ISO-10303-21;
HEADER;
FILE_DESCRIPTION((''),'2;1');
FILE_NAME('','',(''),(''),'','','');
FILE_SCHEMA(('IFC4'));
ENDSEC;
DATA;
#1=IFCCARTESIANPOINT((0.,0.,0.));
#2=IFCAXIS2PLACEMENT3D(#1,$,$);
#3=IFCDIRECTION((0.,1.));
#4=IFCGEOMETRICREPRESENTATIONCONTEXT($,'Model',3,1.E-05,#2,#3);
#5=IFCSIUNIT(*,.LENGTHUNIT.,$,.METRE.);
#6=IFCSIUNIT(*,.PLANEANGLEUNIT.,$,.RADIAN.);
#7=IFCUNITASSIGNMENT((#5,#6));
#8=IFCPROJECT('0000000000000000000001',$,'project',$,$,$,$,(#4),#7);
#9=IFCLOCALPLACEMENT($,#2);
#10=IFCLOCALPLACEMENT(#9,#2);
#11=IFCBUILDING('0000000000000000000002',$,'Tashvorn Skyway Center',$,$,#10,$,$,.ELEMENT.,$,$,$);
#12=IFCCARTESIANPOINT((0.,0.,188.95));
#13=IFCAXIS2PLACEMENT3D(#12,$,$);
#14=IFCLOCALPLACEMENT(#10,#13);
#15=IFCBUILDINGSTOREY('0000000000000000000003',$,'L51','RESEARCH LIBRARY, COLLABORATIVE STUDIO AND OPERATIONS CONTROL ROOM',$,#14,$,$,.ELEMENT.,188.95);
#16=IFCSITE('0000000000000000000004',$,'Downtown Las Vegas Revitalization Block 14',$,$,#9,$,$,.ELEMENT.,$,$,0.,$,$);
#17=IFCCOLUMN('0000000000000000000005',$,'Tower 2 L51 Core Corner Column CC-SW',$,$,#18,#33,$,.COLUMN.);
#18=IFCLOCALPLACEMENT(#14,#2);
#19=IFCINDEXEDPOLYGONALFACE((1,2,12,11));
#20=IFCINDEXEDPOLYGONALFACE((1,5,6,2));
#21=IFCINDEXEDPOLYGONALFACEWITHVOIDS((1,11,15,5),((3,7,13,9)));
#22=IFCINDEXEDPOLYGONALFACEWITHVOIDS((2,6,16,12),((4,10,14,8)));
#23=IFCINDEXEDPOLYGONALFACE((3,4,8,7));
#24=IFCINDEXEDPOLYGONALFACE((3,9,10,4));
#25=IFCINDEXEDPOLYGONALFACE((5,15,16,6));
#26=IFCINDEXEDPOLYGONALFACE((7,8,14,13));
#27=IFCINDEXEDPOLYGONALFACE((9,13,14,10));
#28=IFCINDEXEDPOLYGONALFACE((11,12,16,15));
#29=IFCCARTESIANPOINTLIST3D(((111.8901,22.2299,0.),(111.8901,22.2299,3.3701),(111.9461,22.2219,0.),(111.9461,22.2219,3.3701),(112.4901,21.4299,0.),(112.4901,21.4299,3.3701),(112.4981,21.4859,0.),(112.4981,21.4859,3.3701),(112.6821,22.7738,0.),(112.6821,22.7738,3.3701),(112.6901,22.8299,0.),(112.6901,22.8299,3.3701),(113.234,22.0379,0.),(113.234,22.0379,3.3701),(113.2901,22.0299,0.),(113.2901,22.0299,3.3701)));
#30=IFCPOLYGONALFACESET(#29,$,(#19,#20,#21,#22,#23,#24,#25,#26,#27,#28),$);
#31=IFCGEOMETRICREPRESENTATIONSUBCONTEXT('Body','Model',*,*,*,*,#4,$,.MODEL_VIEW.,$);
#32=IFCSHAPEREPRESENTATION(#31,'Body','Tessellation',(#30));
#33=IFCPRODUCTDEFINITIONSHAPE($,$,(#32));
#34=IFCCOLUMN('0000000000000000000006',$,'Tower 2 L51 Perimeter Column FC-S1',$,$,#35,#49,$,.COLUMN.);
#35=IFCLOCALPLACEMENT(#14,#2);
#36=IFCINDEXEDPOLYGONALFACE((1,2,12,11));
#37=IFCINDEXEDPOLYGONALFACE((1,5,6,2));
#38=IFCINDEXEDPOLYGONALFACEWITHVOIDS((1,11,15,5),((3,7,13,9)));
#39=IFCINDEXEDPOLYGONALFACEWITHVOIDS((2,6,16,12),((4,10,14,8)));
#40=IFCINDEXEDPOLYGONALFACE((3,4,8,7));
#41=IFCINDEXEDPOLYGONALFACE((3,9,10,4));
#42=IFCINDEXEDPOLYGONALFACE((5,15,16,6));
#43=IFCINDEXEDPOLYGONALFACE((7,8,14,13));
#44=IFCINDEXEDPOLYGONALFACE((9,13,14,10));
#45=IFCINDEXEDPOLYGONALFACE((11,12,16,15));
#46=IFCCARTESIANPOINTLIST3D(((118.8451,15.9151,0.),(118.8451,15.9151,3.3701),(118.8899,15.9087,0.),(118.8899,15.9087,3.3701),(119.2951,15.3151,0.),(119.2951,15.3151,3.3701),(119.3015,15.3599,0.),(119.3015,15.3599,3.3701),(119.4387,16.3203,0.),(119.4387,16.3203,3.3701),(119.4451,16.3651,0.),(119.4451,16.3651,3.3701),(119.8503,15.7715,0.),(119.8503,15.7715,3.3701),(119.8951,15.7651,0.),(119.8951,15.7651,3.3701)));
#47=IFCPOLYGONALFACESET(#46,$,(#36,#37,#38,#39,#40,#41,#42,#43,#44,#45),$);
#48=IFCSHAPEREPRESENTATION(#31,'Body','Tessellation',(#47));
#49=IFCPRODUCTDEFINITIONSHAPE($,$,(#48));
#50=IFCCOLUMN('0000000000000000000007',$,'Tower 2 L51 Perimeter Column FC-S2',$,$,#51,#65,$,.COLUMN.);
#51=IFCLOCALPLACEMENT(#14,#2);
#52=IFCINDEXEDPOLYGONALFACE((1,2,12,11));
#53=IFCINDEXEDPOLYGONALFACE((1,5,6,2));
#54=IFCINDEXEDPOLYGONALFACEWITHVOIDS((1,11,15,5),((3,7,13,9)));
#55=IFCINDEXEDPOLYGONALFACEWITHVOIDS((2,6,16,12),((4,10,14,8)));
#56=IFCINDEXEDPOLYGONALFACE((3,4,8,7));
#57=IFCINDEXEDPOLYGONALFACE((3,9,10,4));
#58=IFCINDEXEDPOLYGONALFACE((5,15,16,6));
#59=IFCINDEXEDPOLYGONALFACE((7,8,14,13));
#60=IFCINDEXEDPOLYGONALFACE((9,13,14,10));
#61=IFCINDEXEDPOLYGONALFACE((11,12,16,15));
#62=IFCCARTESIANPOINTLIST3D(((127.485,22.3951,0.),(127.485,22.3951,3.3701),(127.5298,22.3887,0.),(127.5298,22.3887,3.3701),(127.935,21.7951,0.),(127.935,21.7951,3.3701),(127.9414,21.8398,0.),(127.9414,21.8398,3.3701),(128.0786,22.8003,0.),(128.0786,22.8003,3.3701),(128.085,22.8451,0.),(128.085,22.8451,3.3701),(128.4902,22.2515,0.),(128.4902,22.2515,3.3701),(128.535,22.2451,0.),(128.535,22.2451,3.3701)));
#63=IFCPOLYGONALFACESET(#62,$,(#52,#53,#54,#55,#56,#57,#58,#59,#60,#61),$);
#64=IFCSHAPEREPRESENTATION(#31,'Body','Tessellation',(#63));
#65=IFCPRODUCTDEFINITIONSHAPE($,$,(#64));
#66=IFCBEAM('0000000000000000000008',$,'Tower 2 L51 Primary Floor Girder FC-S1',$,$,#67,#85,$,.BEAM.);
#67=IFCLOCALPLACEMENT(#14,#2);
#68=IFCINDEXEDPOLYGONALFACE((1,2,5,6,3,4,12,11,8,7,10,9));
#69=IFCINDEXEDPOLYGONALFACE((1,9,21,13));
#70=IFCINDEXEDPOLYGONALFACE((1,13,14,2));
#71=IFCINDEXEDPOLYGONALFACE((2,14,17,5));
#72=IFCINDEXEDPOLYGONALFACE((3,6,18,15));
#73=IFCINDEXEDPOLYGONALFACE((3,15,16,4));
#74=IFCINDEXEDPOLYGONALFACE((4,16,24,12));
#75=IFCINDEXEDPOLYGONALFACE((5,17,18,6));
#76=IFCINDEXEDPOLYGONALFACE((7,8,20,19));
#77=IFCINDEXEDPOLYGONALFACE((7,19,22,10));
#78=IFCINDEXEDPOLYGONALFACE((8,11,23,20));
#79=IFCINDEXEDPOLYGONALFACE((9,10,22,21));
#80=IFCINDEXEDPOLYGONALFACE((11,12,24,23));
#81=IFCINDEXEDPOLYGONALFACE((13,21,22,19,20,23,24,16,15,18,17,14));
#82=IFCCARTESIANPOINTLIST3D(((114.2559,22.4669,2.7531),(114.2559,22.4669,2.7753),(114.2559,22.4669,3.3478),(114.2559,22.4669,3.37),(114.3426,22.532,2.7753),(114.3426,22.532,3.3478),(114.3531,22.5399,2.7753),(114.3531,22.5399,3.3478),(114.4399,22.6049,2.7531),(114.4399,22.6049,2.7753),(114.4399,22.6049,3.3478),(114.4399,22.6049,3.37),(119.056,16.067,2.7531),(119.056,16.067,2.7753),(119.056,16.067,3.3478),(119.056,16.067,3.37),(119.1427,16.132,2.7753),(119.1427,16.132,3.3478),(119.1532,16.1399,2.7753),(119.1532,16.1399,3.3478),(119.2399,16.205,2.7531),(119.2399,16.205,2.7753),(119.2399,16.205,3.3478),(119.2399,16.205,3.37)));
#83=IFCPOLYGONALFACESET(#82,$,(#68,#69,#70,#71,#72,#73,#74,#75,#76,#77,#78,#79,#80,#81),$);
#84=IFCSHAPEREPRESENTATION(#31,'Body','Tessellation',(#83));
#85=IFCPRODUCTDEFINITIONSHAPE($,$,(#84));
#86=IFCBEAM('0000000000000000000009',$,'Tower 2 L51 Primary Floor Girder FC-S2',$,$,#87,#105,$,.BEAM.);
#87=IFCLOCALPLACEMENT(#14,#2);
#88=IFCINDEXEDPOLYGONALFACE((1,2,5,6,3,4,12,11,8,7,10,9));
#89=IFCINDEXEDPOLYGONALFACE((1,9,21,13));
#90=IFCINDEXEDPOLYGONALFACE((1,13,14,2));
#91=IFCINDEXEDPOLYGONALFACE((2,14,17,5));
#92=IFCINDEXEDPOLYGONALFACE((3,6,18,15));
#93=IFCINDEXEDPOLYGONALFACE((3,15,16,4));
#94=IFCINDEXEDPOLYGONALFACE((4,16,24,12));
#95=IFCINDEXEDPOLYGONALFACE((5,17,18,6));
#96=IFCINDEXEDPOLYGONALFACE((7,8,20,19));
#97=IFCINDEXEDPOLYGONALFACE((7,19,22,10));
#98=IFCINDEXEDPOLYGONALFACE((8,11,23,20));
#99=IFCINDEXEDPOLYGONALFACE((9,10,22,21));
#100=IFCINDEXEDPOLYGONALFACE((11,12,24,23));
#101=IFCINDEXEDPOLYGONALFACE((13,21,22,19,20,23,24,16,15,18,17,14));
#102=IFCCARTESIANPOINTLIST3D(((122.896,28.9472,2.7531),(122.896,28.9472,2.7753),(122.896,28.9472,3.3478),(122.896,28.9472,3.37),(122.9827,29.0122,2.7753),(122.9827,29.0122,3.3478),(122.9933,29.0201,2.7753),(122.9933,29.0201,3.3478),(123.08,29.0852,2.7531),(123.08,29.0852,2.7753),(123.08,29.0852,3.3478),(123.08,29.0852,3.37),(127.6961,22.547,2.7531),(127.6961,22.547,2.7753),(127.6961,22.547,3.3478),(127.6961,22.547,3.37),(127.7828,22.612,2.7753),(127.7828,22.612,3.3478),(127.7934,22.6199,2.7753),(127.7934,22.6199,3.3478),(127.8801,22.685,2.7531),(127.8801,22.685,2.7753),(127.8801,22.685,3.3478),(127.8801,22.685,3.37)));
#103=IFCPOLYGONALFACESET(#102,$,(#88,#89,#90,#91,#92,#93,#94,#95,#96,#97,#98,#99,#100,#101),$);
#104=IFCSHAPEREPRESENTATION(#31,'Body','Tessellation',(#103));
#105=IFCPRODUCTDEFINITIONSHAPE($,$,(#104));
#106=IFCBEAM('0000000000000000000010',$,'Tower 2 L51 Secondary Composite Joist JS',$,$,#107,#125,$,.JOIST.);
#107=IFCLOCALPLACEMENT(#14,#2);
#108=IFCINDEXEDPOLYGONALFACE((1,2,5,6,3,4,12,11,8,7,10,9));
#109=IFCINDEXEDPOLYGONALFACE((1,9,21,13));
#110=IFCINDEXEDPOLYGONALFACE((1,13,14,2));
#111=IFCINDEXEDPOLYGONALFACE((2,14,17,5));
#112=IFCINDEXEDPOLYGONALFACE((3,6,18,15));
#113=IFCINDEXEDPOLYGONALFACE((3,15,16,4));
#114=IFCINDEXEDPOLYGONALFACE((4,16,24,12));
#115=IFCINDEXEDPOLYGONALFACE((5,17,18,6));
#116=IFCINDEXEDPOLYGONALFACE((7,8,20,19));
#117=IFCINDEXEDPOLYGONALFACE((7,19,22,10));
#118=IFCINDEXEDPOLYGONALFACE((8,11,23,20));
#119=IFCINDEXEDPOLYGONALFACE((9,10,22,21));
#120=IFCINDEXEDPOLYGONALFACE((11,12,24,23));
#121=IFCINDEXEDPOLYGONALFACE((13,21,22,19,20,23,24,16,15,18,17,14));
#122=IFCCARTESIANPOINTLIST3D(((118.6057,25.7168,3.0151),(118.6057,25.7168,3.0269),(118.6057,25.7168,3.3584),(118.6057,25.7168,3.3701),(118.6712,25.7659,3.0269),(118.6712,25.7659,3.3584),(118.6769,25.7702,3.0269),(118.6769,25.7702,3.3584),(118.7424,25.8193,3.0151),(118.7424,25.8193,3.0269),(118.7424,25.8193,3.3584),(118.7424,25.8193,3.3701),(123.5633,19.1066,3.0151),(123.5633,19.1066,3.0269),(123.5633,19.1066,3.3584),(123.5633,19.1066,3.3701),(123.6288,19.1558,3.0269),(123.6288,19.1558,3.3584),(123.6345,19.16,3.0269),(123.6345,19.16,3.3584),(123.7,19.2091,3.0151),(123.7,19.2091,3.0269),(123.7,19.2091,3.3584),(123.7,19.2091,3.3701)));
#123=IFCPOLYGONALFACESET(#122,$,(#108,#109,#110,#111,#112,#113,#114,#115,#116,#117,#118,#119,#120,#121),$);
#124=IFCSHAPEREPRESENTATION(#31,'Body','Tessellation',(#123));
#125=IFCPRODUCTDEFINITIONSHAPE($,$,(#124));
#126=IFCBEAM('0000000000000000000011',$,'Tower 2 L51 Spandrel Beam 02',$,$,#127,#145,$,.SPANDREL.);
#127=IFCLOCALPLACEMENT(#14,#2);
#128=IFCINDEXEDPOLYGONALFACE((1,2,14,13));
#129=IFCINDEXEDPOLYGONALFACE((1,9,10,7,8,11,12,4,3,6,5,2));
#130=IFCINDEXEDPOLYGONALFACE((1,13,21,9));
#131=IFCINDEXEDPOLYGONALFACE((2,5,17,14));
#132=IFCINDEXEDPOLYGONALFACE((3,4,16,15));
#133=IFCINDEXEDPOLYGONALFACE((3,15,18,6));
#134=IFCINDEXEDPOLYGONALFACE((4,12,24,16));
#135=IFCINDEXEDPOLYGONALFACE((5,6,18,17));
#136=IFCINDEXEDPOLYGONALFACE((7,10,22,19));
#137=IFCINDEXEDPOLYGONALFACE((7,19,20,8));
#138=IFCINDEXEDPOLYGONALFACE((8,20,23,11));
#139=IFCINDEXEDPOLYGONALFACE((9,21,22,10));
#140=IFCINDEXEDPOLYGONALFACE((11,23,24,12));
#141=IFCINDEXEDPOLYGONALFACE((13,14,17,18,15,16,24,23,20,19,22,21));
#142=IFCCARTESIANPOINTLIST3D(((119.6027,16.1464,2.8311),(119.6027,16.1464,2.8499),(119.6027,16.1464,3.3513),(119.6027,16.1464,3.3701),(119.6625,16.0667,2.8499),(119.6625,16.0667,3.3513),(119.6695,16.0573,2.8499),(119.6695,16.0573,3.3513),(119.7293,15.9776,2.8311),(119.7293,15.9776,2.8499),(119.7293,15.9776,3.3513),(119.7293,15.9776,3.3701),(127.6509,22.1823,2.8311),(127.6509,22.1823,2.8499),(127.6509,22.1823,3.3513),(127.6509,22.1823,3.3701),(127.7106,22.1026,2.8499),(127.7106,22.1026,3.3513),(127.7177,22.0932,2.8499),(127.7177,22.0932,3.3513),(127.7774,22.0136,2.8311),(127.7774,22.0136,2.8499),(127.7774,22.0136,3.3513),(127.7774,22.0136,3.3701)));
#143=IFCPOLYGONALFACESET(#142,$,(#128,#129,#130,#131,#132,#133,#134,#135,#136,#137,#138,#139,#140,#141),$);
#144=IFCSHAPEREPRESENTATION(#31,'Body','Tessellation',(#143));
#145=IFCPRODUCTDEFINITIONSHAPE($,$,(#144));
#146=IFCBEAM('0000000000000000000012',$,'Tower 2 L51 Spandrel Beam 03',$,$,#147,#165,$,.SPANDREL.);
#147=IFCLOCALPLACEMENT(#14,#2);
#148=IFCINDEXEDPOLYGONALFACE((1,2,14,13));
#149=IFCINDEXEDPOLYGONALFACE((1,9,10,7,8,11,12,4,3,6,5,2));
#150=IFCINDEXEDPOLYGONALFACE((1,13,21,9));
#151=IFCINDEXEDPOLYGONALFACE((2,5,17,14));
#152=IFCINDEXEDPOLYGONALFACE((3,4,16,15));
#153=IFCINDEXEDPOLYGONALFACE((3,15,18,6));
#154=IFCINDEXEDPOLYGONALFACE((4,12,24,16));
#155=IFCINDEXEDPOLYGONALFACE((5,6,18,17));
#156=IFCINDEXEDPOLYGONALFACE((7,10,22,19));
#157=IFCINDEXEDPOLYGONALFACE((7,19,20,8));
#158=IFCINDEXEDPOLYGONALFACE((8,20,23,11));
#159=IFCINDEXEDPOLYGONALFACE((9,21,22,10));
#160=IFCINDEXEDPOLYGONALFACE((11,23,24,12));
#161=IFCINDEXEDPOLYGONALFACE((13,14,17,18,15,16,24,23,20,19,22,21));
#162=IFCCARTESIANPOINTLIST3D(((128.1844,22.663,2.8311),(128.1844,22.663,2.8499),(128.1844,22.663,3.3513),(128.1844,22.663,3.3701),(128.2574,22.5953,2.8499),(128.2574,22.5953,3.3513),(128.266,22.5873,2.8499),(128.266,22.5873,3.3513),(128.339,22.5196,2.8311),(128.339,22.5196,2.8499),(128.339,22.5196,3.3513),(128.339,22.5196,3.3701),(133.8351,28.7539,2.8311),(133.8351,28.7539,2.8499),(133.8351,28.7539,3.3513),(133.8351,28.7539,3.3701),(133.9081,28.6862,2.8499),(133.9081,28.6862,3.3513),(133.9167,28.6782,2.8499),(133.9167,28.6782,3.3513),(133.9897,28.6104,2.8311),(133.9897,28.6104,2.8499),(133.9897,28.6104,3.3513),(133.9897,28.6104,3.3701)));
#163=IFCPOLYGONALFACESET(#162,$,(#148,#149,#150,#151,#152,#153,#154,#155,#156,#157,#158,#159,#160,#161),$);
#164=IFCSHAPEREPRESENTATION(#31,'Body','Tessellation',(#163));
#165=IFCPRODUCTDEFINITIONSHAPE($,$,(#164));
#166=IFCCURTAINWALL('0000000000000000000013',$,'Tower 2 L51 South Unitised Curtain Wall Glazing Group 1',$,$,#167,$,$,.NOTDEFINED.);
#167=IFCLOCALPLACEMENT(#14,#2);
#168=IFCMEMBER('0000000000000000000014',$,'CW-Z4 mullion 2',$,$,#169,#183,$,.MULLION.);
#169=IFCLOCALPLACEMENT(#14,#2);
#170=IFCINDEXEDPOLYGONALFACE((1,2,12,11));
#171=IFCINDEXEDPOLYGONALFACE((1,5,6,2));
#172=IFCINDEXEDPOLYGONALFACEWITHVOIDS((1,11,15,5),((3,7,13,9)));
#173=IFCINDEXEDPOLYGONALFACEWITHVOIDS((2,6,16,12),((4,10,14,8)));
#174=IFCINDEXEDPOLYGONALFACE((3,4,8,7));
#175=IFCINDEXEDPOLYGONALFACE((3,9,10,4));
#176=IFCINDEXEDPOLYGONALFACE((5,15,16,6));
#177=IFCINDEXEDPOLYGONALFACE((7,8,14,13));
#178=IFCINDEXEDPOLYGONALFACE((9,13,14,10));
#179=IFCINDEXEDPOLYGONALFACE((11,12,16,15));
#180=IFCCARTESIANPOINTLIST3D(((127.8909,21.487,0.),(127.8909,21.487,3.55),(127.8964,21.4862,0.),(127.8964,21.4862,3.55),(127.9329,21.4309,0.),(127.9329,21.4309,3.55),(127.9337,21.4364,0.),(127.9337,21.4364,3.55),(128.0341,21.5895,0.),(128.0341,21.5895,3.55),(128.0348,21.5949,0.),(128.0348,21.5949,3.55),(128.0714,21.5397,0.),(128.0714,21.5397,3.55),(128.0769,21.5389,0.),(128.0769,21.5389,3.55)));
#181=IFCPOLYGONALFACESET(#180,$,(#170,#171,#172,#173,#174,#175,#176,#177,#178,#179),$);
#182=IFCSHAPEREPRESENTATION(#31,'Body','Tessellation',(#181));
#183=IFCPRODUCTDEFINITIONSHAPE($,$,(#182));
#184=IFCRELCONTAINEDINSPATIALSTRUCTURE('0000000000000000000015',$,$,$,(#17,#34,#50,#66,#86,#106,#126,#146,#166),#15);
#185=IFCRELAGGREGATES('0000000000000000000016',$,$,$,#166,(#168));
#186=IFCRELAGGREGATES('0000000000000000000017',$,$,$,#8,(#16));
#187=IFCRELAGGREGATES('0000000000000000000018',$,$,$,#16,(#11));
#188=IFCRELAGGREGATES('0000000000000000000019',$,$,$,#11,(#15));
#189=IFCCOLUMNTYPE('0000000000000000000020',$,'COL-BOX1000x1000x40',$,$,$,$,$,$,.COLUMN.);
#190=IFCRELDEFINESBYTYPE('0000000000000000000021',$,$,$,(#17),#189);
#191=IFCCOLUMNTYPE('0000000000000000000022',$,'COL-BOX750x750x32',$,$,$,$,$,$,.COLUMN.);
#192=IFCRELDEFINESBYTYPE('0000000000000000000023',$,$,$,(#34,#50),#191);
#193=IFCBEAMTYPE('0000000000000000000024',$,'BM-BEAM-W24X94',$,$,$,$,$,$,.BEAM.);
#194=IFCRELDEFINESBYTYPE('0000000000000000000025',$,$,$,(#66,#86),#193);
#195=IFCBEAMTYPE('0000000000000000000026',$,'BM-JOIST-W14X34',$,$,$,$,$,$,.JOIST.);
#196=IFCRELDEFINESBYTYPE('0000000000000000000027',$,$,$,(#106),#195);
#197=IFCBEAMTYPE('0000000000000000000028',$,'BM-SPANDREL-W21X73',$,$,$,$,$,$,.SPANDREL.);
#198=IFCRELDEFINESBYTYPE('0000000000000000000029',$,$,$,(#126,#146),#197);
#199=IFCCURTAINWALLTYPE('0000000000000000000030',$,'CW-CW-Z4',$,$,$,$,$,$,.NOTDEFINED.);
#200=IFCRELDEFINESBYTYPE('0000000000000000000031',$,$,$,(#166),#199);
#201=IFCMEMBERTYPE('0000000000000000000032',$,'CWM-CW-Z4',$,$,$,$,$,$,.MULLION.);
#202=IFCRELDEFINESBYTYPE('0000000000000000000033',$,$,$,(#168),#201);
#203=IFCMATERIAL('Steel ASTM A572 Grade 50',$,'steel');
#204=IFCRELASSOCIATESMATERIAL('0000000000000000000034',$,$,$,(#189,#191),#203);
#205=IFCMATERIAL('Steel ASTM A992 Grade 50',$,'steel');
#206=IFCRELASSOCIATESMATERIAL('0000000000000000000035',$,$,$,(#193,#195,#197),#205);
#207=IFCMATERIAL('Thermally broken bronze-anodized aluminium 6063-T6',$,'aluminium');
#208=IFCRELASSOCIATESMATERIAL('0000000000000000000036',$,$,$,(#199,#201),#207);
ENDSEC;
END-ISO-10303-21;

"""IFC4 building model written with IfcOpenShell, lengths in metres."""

from ifc_helpers import new_model, si_unit, direction, frame, origin, origin_2d, place, context, subcontext, project, spatial, hollow_rectangle, i_section, extrude, material, material_profile, profile_set, type_object, element, aggregate, save


model = new_model("IFC4")

# Units and contexts
model_context = context("Model", 3, precision=1e-05, world=origin(), true_north=direction((0.0, 1.0)))
body_context = subcontext(model_context, "Body", "Model", "MODEL_VIEW")
ifc_project = project(units=[si_unit("LENGTHUNIT", "METRE"), si_unit("PLANEANGLEUNIT", "RADIAN")], contexts=[model_context])

# Site, building, storey
site_placement = place(None, origin())
site = spatial("IfcSite", under=ifc_project, at=site_placement, Name="Downtown Las Vegas Revitalization Block 14", CompositionType="ELEMENT", RefElevation=0.0)
building_placement = place(site_placement, origin())
building = spatial("IfcBuilding", under=site, at=building_placement, Name="Tashvorn Skyway Center", CompositionType="ELEMENT")
storey_placement = place(building_placement, frame((0.0, 0.0, 188.95)))
storey = spatial("IfcBuildingStorey", under=building, at=storey_placement, Name="L51", Description="RESEARCH LIBRARY, COLLABORATIVE STUDIO AND OPERATIONS CONTROL ROOM", CompositionType="ELEMENT", Elevation=188.95)

# Columns
ifc_material_1 = material(Name="Steel ASTM A572 Grade 50", Category="steel")
ifc_material_profile_1 = material_profile(ifc_material_1, hollow_rectangle(XDim=1.0, YDim=1.0, WallThickness=0.04, at=origin_2d()), Name="BOX1000x1000x40")
ifc_profile_set_1 = profile_set([ifc_material_profile_1], Name="Steel ASTM A572 Grade 50")
column_type_1 = type_object("IfcColumnType", Name="COL-BOX1000x1000x40", PredefinedType="COLUMN", material=ifc_profile_set_1)
column_placement = place(storey_placement, frame((112.5901, 22.1299, 0.0), z_axis=(0.0, 0.0, 1.0), x_axis=(0.8, 0.6, 0.0)))
element("IfcColumn", 1, at=column_placement, inside=storey, type_object=column_type_1, Name="Tower 2 L51 Core Corner Column CC-SW", PredefinedType="COLUMN", context=body_context, shape_type="SweptSolid", body=[
    extrude(hollow_rectangle(XDim=1.0, YDim=1.0, WallThickness=0.04, at=origin_2d()), origin(), (0.0, 0.0, 1.0), 3.3701),
])
ifc_material_profile_2 = material_profile(ifc_material_1, hollow_rectangle(XDim=0.75, YDim=0.75, WallThickness=0.032, at=origin_2d()), Name="BOX750x750x32")
ifc_profile_set_2 = profile_set([ifc_material_profile_2], Name="Steel ASTM A572 Grade 50")
column_type_2 = type_object("IfcColumnType", Name="COL-BOX750x750x32", PredefinedType="COLUMN", material=ifc_profile_set_2)
for number, where, z_axis, x_axis, name in (
    (2, (119.3701, 15.8401, 0.0), (0.0, 0.0, 1.0), (0.8, 0.6, 0.0), "Tower 2 L51 Perimeter Column FC-S1"),
    (3, (128.01, 22.3201, 0.0), (0.0, 0.0, 1.0), (0.8, 0.6, 0.0), "Tower 2 L51 Perimeter Column FC-S2"),
):
    element("IfcColumn", number, at=place(storey_placement, frame(where, z_axis=z_axis, x_axis=x_axis)), inside=storey, type_object=column_type_2, Name=name, PredefinedType="COLUMN", context=body_context, shape_type="SweptSolid", body=[
        extrude(hollow_rectangle(XDim=0.75, YDim=0.75, WallThickness=0.032, at=origin_2d()), origin(), (0.0, 0.0, 1.0), 3.3701),
    ])

# Beams
ifc_material_2 = material(Name="Steel ASTM A992 Grade 50", Category="steel")
ifc_material_profile_3 = material_profile(ifc_material_2, i_section(OverallWidth=0.23, OverallDepth=0.6169, WebThickness=0.0132, FlangeThickness=0.0222, at=origin_2d()), Name="W24X94")
ifc_profile_set_3 = profile_set([ifc_material_profile_3], Name="Steel ASTM A992 Grade 50")
beam_type_1 = type_object("IfcBeamType", Name="BM-BEAM-W24X94", PredefinedType="BEAM", material=ifc_profile_set_3)
beam_1_placement = place(storey_placement, frame((119.1479, 16.136, 3.0615), z_axis=(-0.60001, 0.799993, 0.0), x_axis=(-0.799993, -0.60001, 0.0)))
element("IfcBeam", 4, at=beam_1_placement, inside=storey, type_object=beam_type_1, Name="Tower 2 L51 Primary Floor Girder FC-S1", PredefinedType="BEAM", context=body_context, shape_type="SweptSolid", body=[
    extrude(i_section(OverallWidth=0.23, OverallDepth=0.6169, WebThickness=0.0132, FlangeThickness=0.0222, at=origin_2d()), origin(), (0.0, 0.0, 1.0), 8.0),
])
beam_2_placement = place(storey_placement, frame((127.7881, 22.616, 3.0615), z_axis=(-0.599995, 0.800004, 0.0), x_axis=(-0.800004, -0.599995, 0.0)))
element("IfcBeam", 5, at=beam_2_placement, inside=storey, type_object=beam_type_1, Name="Tower 2 L51 Primary Floor Girder FC-S2", PredefinedType="BEAM", context=body_context, shape_type="SweptSolid", body=[
    extrude(i_section(OverallWidth=0.23, OverallDepth=0.6169, WebThickness=0.0132, FlangeThickness=0.0222, at=origin_2d()), origin(), (0.0, 0.0, 1.0), 8.0002),
])
ifc_material_profile_4 = material_profile(ifc_material_2, i_section(OverallWidth=0.1709, OverallDepth=0.355, WebThickness=0.0071, FlangeThickness=0.0117, at=origin_2d()), Name="W14X34")
ifc_profile_set_4 = profile_set([ifc_material_profile_4], Name="Steel ASTM A992 Grade 50")
beam_type_2 = type_object("IfcBeamType", Name="BM-JOIST-W14X34", PredefinedType="JOIST", material=ifc_profile_set_4)
beam_3_placement = place(storey_placement, frame((118.6741, 25.7681, 3.1926), z_axis=(0.599995, -0.800004, 0.0), x_axis=(0.800004, 0.599995, 0.0)))
element("IfcBeam", 6, at=beam_3_placement, inside=storey, type_object=beam_type_2, Name="Tower 2 L51 Secondary Composite Joist JS", PredefinedType="JOIST", context=body_context, shape_type="SweptSolid", body=[
    extrude(i_section(OverallWidth=0.1709, OverallDepth=0.355, WebThickness=0.0071, FlangeThickness=0.0117, at=origin_2d()), origin(), (0.0, 0.0, 1.0), 8.2627),
])
ifc_material_profile_5 = material_profile(ifc_material_2, i_section(OverallWidth=0.2109, OverallDepth=0.5391, WebThickness=0.0117, FlangeThickness=0.0188, at=origin_2d()), Name="W21X73")
ifc_profile_set_5 = profile_set([ifc_material_profile_5], Name="Steel ASTM A992 Grade 50")
beam_type_3 = type_object("IfcBeamType", Name="BM-SPANDREL-W21X73", PredefinedType="SPANDREL", material=ifc_profile_set_5)
beam_4_placement = place(storey_placement, frame((119.666, 16.062, 3.1006), z_axis=(0.800009, 0.599988, 0.0), x_axis=(-0.599988, 0.800009, 0.0)))
element("IfcBeam", 7, at=beam_4_placement, inside=storey, type_object=beam_type_3, Name="Tower 2 L51 Spandrel Beam 02", PredefinedType="SPANDREL", context=body_context, shape_type="SweptSolid", body=[
    extrude(i_section(OverallWidth=0.2109, OverallDepth=0.5391, WebThickness=0.0117, FlangeThickness=0.0188, at=origin_2d()), origin(), (0.0, 0.0, 1.0), 10.0601),
])
beam_5_placement = place(storey_placement, frame((128.2617, 22.5913, 3.1006), z_axis=(0.68012, 0.733101, 0.0), x_axis=(-0.733101, 0.68012, 0.0)))
element("IfcBeam", 8, at=beam_5_placement, inside=storey, type_object=beam_type_3, Name="Tower 2 L51 Spandrel Beam 03", PredefinedType="SPANDREL", context=body_context, shape_type="SweptSolid", body=[
    extrude(i_section(OverallWidth=0.2109, OverallDepth=0.5391, WebThickness=0.0117, FlangeThickness=0.0188, at=origin_2d()), origin(), (0.0, 0.0, 1.0), 8.3083),
])

# Curtain wall, member
ifc_material_3 = material(Name="Thermally broken bronze-anodized aluminium 6063-T6", Category="aluminium")
curtain_wall_type = type_object("IfcCurtainWallType", Name="CW-CW-Z4", PredefinedType="NOTDEFINED", material=ifc_material_3)
curtain_wall_1_placement = place(storey_placement, origin())
curtain_wall_1 = element("IfcCurtainWall", 9, at=curtain_wall_1_placement, inside=storey, type_object=curtain_wall_type, Name="Tower 2 L51 South Unitised Curtain Wall Glazing Group 1", PredefinedType="NOTDEFINED")
ifc_material_profile_6 = material_profile(ifc_material_3, hollow_rectangle(XDim=0.0701, YDim=0.1799, WallThickness=0.0039, at=origin_2d()), Name="ALU-MULL-70x180")
ifc_profile_set_6 = profile_set([ifc_material_profile_6], Name="Thermally broken bronze-anodized aluminium 6063-T6")
member_type_1 = type_object("IfcMemberType", Name="CWM-CW-Z4", PredefinedType="MULLION", material=ifc_profile_set_6)
member_1_placement = place(storey_placement, frame((127.9839, 21.5129, 0.0), z_axis=(0.0, 0.0, 1.0), x_axis=(0.6, -0.8, 0.0)))
member_1 = element("IfcMember", 10, at=member_1_placement, type_object=member_type_1, Name="CW-Z4 mullion 2", PredefinedType="MULLION", context=body_context, shape_type="SweptSolid", body=[
    extrude(hollow_rectangle(XDim=0.0701, YDim=0.1799, WallThickness=0.0039, at=origin_2d()), origin(), (0.0, 0.0, 1.0), 3.55),
])

aggregate(curtain_wall_1, [member_1])

save(model, "model.ifc")
